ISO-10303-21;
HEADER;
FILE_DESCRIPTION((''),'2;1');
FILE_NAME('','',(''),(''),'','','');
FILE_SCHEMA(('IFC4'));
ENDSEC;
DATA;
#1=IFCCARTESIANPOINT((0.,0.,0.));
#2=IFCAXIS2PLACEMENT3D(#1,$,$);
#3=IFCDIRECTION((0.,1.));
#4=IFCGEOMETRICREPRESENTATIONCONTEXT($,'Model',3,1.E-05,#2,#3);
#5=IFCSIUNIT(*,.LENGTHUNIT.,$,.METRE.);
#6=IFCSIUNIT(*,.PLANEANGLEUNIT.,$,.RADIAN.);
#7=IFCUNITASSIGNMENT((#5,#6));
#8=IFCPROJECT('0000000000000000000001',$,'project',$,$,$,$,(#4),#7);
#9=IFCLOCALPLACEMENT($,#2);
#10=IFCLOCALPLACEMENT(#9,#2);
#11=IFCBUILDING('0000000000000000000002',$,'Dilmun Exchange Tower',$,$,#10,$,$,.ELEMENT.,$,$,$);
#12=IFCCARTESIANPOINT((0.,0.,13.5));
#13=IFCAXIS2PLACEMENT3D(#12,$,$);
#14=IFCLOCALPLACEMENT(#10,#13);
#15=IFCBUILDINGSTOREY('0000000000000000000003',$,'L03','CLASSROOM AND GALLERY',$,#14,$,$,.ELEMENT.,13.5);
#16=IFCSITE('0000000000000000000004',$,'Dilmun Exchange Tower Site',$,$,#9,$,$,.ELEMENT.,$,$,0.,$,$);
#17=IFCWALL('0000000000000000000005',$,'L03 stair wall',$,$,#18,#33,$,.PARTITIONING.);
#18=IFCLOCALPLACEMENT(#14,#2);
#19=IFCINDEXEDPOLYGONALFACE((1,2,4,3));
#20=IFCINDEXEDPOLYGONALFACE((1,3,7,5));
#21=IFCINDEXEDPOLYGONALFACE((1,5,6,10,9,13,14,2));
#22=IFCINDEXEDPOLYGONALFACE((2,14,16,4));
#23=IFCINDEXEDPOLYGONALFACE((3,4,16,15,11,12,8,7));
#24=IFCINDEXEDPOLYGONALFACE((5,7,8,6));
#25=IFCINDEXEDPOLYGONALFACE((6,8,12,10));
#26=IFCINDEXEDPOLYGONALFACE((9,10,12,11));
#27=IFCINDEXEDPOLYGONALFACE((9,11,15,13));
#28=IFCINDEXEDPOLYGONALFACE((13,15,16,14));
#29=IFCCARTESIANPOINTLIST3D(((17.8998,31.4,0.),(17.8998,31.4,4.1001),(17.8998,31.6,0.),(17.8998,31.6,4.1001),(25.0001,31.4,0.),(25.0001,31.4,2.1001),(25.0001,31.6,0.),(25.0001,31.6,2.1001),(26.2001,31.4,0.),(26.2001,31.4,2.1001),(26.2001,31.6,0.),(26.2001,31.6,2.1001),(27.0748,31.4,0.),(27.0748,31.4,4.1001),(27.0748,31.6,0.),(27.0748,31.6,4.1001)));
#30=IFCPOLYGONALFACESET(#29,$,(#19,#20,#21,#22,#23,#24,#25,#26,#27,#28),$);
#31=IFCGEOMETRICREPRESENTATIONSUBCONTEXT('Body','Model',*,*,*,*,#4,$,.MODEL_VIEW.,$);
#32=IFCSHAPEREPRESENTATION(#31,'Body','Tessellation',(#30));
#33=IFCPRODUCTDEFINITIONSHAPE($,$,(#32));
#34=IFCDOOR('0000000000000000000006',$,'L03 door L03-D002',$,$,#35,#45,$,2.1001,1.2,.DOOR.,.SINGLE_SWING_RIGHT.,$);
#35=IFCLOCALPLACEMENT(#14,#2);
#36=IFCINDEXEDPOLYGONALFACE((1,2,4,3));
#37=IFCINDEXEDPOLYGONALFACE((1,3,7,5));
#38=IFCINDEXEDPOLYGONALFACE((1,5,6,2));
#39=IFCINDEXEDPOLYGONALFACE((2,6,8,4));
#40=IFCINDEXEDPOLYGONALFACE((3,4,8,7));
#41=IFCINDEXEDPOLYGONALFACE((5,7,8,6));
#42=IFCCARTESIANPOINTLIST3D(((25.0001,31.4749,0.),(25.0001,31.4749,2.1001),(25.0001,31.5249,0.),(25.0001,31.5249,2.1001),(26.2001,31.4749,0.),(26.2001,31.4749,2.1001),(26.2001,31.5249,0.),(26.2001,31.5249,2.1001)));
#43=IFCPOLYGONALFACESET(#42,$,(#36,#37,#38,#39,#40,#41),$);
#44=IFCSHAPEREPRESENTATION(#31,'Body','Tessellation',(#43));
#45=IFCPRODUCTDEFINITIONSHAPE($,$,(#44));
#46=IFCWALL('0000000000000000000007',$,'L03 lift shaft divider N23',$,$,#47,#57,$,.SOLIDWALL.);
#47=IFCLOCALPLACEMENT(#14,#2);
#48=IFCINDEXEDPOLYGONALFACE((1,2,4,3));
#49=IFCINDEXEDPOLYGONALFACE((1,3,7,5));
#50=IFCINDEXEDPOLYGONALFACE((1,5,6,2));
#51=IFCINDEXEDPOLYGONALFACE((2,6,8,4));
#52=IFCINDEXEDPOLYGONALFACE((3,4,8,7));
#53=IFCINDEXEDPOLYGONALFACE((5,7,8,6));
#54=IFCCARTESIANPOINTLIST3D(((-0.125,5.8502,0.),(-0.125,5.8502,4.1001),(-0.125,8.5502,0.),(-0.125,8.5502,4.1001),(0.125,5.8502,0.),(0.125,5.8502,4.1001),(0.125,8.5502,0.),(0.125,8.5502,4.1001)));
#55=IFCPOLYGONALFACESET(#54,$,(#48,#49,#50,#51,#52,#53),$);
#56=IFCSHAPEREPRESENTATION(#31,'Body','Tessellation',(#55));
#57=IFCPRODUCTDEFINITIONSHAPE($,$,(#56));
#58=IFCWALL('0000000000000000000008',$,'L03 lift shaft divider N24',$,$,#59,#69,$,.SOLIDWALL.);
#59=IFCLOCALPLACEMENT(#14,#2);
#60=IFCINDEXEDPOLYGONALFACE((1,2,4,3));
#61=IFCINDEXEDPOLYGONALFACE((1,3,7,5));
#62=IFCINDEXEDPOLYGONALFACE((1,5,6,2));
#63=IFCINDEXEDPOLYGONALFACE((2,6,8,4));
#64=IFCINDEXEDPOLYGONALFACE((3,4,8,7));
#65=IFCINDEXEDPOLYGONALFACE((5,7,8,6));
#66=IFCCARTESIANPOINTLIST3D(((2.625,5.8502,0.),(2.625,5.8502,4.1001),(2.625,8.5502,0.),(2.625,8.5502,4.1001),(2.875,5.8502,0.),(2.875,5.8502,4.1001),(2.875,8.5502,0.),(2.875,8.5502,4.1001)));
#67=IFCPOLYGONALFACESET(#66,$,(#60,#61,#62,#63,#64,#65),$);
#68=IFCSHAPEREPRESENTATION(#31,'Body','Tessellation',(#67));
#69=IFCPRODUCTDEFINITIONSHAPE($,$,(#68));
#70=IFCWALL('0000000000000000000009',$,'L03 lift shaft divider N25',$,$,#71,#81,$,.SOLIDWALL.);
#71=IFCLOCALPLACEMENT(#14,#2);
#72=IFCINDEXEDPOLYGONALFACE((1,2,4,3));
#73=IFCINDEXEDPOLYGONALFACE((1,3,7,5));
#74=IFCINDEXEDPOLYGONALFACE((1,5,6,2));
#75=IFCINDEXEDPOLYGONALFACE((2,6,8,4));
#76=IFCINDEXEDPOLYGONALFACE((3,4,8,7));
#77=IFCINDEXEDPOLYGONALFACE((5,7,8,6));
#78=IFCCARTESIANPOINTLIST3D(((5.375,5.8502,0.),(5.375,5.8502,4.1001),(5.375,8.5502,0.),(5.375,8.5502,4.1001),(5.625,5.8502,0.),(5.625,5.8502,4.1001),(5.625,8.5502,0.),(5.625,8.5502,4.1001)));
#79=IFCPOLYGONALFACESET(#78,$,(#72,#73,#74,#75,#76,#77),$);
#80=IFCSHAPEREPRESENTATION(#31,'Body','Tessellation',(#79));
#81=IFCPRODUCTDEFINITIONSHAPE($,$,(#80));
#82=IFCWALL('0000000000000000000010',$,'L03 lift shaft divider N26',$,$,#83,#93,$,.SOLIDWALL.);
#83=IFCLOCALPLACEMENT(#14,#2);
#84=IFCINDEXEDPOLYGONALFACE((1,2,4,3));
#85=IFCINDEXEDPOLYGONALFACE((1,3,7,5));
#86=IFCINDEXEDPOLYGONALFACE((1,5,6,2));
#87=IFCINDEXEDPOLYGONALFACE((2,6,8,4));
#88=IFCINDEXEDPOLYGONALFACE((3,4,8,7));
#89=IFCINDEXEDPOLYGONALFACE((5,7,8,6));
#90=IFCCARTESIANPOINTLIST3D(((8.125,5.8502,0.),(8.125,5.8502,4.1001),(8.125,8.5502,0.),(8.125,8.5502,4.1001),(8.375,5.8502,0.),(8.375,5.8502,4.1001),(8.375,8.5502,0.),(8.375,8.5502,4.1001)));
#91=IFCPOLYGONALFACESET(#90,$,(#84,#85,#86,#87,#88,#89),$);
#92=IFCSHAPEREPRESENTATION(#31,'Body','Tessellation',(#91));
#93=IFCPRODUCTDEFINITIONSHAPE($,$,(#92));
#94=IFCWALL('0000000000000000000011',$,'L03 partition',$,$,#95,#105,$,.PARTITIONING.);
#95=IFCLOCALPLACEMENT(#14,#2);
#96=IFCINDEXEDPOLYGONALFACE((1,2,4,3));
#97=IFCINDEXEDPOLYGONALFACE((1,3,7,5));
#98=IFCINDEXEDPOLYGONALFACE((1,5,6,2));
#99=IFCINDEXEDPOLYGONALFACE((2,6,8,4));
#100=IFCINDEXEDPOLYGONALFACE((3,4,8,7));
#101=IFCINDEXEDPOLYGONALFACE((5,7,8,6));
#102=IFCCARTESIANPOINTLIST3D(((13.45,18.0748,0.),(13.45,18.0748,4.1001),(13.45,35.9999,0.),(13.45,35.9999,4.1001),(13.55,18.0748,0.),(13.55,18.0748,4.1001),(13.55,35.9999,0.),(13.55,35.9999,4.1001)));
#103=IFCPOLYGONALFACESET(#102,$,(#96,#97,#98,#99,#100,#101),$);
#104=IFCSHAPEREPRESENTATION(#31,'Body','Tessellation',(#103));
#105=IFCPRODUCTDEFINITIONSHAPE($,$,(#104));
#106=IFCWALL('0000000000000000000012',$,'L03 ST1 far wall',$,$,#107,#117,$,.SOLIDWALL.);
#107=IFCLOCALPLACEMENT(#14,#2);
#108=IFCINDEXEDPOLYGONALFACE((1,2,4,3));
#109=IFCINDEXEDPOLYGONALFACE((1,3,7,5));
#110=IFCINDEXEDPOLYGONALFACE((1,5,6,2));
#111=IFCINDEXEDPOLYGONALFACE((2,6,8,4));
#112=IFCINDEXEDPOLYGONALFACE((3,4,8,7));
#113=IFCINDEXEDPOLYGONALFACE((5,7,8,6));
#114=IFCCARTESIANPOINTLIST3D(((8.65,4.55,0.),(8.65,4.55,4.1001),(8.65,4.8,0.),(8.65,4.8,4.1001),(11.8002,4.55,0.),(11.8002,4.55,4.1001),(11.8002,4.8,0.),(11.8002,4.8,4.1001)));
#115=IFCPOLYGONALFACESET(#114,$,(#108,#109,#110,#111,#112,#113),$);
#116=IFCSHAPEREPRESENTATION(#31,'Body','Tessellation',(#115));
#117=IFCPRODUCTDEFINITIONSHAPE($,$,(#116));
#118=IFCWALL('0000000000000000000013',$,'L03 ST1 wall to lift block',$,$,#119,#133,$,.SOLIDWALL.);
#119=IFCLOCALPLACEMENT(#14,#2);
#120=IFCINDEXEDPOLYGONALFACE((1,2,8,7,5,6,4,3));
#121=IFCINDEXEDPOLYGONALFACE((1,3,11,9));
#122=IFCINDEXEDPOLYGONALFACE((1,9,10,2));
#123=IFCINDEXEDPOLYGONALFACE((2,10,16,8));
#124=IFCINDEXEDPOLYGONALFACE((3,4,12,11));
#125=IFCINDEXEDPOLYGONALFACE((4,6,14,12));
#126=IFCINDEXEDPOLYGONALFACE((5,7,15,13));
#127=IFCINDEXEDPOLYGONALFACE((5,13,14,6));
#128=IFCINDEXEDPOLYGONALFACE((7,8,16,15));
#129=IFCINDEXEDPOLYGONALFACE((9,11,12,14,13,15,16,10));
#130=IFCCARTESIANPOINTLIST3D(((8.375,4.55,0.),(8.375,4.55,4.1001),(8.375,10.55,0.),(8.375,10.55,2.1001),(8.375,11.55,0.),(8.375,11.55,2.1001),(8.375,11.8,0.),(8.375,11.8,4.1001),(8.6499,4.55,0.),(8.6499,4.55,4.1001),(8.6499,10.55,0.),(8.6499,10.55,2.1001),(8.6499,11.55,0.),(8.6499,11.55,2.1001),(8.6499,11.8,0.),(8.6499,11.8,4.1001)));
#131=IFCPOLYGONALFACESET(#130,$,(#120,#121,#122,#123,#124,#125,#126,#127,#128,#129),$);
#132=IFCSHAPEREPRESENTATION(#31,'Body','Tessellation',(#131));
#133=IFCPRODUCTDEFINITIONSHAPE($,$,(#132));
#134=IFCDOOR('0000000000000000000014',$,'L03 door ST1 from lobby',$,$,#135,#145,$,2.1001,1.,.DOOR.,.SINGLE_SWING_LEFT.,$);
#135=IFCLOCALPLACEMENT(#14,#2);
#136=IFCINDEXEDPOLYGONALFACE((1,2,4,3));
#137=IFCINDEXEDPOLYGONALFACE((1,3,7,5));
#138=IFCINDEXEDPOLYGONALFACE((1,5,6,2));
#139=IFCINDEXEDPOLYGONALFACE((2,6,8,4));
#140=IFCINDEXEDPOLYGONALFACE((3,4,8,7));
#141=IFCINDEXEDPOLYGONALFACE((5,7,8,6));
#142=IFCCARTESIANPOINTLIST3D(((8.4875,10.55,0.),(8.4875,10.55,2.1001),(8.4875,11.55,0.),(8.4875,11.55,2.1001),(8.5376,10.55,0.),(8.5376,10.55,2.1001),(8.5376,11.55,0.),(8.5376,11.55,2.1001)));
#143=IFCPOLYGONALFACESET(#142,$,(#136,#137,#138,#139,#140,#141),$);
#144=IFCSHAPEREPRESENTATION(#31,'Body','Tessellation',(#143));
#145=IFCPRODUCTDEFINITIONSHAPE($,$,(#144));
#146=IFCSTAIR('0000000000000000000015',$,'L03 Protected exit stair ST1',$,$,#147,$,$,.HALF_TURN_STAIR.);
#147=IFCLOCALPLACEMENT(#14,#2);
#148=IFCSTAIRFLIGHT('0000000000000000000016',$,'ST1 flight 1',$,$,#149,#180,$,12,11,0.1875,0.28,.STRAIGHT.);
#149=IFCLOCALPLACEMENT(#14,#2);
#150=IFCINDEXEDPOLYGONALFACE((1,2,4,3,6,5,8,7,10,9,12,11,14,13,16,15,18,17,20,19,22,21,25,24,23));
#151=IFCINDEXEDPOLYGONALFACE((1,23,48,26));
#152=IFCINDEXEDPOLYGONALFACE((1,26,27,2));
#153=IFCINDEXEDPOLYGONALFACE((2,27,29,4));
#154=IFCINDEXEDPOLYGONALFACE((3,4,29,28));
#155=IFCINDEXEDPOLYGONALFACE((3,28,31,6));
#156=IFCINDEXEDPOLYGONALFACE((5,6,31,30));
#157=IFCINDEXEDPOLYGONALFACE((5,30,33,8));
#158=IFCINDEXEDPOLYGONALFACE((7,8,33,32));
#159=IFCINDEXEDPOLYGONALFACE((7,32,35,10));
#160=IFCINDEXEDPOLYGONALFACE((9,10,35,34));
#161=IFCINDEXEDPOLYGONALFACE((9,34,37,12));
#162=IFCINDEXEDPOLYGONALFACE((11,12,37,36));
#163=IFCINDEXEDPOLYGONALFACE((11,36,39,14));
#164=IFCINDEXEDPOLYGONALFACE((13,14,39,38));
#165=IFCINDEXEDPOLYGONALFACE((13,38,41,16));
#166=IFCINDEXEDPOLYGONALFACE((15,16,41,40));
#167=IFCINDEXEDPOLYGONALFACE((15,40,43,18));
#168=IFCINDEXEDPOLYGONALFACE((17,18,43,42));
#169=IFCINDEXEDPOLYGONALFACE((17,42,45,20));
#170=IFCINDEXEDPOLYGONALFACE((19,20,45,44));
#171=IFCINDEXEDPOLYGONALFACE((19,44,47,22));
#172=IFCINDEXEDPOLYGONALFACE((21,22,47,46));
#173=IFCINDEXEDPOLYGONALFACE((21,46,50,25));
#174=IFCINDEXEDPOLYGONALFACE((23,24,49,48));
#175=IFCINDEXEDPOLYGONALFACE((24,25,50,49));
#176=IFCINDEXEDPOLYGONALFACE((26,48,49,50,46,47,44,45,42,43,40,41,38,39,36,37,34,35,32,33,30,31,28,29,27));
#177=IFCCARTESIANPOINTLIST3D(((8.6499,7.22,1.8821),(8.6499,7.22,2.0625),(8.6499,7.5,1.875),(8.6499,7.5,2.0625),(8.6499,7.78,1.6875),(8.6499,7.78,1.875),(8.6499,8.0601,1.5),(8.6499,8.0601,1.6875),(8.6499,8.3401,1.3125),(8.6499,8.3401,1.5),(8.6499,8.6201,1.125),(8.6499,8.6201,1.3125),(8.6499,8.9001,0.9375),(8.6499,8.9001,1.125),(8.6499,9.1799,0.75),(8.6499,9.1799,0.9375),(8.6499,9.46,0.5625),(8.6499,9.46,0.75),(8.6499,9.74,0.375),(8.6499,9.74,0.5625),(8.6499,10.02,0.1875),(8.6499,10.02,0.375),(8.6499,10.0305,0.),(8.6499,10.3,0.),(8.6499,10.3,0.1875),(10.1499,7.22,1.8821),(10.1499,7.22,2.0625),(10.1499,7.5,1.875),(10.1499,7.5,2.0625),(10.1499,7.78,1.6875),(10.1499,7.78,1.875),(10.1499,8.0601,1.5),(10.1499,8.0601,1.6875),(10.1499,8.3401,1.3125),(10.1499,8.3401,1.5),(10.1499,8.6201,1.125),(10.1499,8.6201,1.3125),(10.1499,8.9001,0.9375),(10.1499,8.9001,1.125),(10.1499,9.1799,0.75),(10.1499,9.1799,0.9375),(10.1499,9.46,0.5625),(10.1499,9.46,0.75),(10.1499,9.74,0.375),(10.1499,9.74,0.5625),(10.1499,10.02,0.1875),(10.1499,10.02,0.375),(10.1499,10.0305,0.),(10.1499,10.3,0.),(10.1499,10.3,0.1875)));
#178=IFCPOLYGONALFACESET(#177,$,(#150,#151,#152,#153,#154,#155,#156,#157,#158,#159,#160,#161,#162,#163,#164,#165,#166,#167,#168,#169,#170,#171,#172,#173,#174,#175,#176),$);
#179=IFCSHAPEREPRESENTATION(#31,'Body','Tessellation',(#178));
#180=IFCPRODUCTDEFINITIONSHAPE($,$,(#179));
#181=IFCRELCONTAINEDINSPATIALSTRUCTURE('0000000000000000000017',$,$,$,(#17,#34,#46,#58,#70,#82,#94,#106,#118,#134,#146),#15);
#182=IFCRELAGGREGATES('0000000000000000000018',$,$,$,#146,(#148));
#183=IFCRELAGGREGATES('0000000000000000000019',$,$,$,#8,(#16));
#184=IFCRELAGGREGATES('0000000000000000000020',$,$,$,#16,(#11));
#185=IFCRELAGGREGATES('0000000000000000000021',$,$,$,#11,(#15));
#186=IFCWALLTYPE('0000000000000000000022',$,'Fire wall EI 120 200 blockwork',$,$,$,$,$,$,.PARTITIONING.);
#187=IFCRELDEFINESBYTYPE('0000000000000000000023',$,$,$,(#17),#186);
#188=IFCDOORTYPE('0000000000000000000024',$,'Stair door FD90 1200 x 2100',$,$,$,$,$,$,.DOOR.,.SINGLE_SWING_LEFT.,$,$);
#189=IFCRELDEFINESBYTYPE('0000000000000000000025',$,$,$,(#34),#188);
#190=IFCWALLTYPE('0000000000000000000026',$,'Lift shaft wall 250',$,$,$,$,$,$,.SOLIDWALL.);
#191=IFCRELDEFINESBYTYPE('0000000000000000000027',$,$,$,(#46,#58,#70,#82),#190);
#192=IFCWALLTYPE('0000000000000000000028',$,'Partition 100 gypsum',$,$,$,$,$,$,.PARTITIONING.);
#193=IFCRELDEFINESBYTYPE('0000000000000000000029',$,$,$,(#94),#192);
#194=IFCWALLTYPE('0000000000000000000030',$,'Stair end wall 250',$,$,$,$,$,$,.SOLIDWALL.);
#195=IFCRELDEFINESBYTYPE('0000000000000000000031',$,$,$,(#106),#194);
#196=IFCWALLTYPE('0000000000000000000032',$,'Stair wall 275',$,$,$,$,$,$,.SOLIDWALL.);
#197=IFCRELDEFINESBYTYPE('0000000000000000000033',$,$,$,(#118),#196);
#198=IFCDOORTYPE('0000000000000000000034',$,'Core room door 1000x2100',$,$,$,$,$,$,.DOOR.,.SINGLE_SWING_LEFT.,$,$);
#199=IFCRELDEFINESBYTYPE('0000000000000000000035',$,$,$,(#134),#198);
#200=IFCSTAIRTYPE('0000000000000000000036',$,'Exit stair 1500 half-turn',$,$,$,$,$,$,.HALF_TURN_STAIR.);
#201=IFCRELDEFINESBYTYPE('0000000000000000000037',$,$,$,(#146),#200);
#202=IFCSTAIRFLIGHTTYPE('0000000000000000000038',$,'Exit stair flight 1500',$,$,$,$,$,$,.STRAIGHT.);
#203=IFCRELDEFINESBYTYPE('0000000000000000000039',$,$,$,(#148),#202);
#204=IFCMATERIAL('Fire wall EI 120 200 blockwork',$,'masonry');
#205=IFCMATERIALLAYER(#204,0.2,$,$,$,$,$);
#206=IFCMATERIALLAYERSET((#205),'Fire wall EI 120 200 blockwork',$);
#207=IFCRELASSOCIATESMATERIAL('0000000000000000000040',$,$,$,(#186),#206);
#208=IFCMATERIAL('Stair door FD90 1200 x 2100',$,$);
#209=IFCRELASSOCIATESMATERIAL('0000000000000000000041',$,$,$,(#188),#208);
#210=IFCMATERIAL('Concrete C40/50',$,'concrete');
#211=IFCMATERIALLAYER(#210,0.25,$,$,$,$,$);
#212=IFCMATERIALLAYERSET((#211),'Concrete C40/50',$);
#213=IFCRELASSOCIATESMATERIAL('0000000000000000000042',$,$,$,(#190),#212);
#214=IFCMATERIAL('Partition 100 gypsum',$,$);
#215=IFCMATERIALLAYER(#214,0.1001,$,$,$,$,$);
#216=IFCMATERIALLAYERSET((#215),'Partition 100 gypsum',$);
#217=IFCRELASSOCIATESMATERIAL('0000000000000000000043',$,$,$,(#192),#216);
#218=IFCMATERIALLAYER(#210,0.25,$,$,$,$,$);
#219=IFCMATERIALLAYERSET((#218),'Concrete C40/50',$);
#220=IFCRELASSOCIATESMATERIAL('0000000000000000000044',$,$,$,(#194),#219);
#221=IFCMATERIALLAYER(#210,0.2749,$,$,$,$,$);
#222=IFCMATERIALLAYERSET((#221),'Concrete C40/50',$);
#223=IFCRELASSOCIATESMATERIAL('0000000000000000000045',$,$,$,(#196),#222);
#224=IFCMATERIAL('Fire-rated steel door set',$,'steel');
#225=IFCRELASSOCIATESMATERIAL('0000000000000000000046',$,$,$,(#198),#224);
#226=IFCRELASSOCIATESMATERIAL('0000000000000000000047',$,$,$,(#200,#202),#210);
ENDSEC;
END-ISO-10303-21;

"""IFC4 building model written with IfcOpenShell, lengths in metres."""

from ifc_helpers import new_model, si_unit, direction, frame, frame_2d, origin, place, context, subcontext, project, spatial, polyline, rectangle, outline, extrude, material, layer, layer_set, type_object, element, fill, aggregate, save


model = new_model("IFC4")

# Units and contexts
model_context = context("Model", 3, precision=1e-05, world=origin(), true_north=direction((0.0, 1.0)))
body_context = subcontext(model_context, "Body", "Model", "MODEL_VIEW")
ifc_project = project(units=[si_unit("LENGTHUNIT", "METRE"), si_unit("PLANEANGLEUNIT", "RADIAN")], contexts=[model_context])

# Site, building, storey
site_placement = place(None, origin())
site = spatial("IfcSite", under=ifc_project, at=site_placement, Name="Dilmun Exchange Tower Site", CompositionType="ELEMENT", RefElevation=0.0)
building_placement = place(site_placement, origin())
building = spatial("IfcBuilding", under=site, at=building_placement, Name="Dilmun Exchange Tower", CompositionType="ELEMENT")
storey_placement = place(building_placement, frame((0.0, 0.0, 13.5)))
storey = spatial("IfcBuildingStorey", under=building, at=storey_placement, Name="L03", Description="CLASSROOM AND GALLERY", CompositionType="ELEMENT", Elevation=13.5)

# Shared definitions
ifc_material_1 = material(Name="Concrete C40/50", Category="concrete")

# Shared definitions
ifc_material_2 = material(Name="Fire-rated steel door set", Category="steel")

# Wall, opening, door
ifc_material_3 = material(Name="Fire wall EI 120 200 blockwork", Category="masonry")
ifc_layer_1 = layer(ifc_material_3, 0.2)
ifc_layer_set_1 = layer_set([ifc_layer_1], Name="Fire wall EI 120 200 blockwork")
wall_type_1 = type_object("IfcWallType", Name="Fire wall EI 120 200 blockwork", PredefinedType="PARTITIONING", material=ifc_layer_set_1)
wall_1_placement = place(storey_placement, frame((17.8999, 31.5, 0.0), z_axis=(0.0, 0.0, 1.0), x_axis=(1.0, 0.0, 0.0)))
wall_1 = element("IfcWall", 1, at=wall_1_placement, inside=storey, type_object=wall_type_1, Name="L03 stair wall", PredefinedType="PARTITIONING", context=body_context, shape_type="SweptSolid", body=[
    extrude(rectangle(XDim=9.175, YDim=0.2, at=frame_2d((4.5874, 0.0))), origin(), (0.0, 0.0, 1.0), 4.1001),
])
opening_1_placement = place(wall_1_placement, frame((7.1001, 0.0, 0.0)))
opening_1 = element("IfcOpeningElement", 2, at=opening_1_placement, cuts=wall_1, PredefinedType="OPENING", context=body_context, shape_type="SweptSolid", body=[
    extrude(rectangle(XDim=1.2, YDim=2.1001, at=frame_2d((0.6001, 1.05))), frame((0.0, 0.1099, 0.0), z_axis=(0.0, -1.0, 0.0), x_axis=(1.0, 0.0, 0.0)), (0.0, 0.0, 1.0), 0.22),
])
ifc_material_4 = material(Name="Stair door FD90 1200 x 2100")
door_type_1 = type_object("IfcDoorType", Name="Stair door FD90 1200 x 2100", OperationType="SINGLE_SWING_LEFT", PredefinedType="DOOR", material=ifc_material_4)
door_1_placement = place(opening_1_placement, origin())
door_1 = element("IfcDoor", 3, at=door_1_placement, inside=storey, type_object=door_type_1, Name="L03 door L03-D002", OperationType="SINGLE_SWING_RIGHT", OverallHeight=2.1001, OverallWidth=1.2, PredefinedType="DOOR", context=body_context, shape_type="SweptSolid", body=[
    extrude(rectangle(XDim=1.2, YDim=2.1001, at=frame_2d((0.6001, 1.05))), frame((0.0, 0.0249, 0.0), z_axis=(0.0, -1.0, 0.0), x_axis=(1.0, 0.0, 0.0)), (0.0, 0.0, 1.0), 0.05),
])
fill(opening_1, door_1)

# Walls
ifc_layer_2 = layer(ifc_material_1, 0.25)
ifc_layer_set_2 = layer_set([ifc_layer_2], Name="Concrete C40/50")
wall_type_2 = type_object("IfcWallType", Name="Lift shaft wall 250", PredefinedType="SOLIDWALL", material=ifc_layer_set_2)
for number, where, z_axis, x_axis, name in (
    (4, (0.0, 5.8501, 0.0), (0.0, 0.0, 1.0), (0.0, 1.0, 0.0), "L03 lift shaft divider N23"),
    (5, (2.75, 5.8501, 0.0), (0.0, 0.0, 1.0), (0.0, 1.0, 0.0), "L03 lift shaft divider N24"),
    (6, (5.5, 5.8501, 0.0), (0.0, 0.0, 1.0), (0.0, 1.0, 0.0), "L03 lift shaft divider N25"),
    (7, (8.25, 5.8501, 0.0), (0.0, 0.0, 1.0), (0.0, 1.0, 0.0), "L03 lift shaft divider N26"),
):
    element("IfcWall", number, at=place(storey_placement, frame(where, z_axis=z_axis, x_axis=x_axis)), inside=storey, type_object=wall_type_2, Name=name, PredefinedType="SOLIDWALL", context=body_context, shape_type="SweptSolid", body=[
        extrude(rectangle(XDim=2.7, YDim=0.25, at=frame_2d((1.3501, 0.0))), origin(), (0.0, 0.0, 1.0), 4.1001),
    ])
ifc_material_5 = material(Name="Partition 100 gypsum")
ifc_layer_3 = layer(ifc_material_5, 0.1001)
ifc_layer_set_3 = layer_set([ifc_layer_3], Name="Partition 100 gypsum")
wall_type_3 = type_object("IfcWallType", Name="Partition 100 gypsum", PredefinedType="PARTITIONING", material=ifc_layer_set_3)
wall_2_placement = place(storey_placement, frame((13.5, 18.075, 0.0), z_axis=(0.0, 0.0, 1.0), x_axis=(0.0, 1.0, 0.0)))
element("IfcWall", 8, at=wall_2_placement, inside=storey, type_object=wall_type_3, Name="L03 partition", PredefinedType="PARTITIONING", context=body_context, shape_type="SweptSolid", body=[
    extrude(rectangle(XDim=17.925, YDim=0.1001, at=frame_2d((8.9624, 0.0))), origin(), (0.0, 0.0, 1.0), 4.1001),
])
ifc_layer_4 = layer(ifc_material_1, 0.25)
ifc_layer_set_4 = layer_set([ifc_layer_4], Name="Concrete C40/50")
wall_type_4 = type_object("IfcWallType", Name="Stair end wall 250", PredefinedType="SOLIDWALL", material=ifc_layer_set_4)
wall_3_placement = place(storey_placement, frame((8.6499, 4.675, 0.0), z_axis=(0.0, 0.0, 1.0), x_axis=(1.0, 0.0, 0.0)))
element("IfcWall", 9, at=wall_3_placement, inside=storey, type_object=wall_type_4, Name="L03 ST1 far wall", PredefinedType="SOLIDWALL", context=body_context, shape_type="SweptSolid", body=[
    extrude(rectangle(XDim=3.1501, YDim=0.25, at=frame_2d((1.5752, 0.0))), origin(), (0.0, 0.0, 1.0), 4.1001),
])

# Wall, opening, door
ifc_layer_5 = layer(ifc_material_1, 0.2749)
ifc_layer_set_5 = layer_set([ifc_layer_5], Name="Concrete C40/50")
wall_type_5 = type_object("IfcWallType", Name="Stair wall 275", PredefinedType="SOLIDWALL", material=ifc_layer_set_5)
wall_4_placement = place(storey_placement, frame((8.5125, 4.55, 0.0), z_axis=(0.0, 0.0, 1.0), x_axis=(0.0, 1.0, 0.0)))
wall_4 = element("IfcWall", 10, at=wall_4_placement, inside=storey, type_object=wall_type_5, Name="L03 ST1 wall to lift block", PredefinedType="SOLIDWALL", context=body_context, shape_type="SweptSolid", body=[
    extrude(rectangle(XDim=7.25, YDim=0.2749, at=frame_2d((3.625, 0.0))), origin(), (0.0, 0.0, 1.0), 4.1001),
])
opening_2_placement = place(wall_4_placement, frame((6.0, 0.0, 0.0)))
opening_2 = element("IfcOpeningElement", 11, at=opening_2_placement, cuts=wall_4, PredefinedType="OPENING", context=body_context, shape_type="SweptSolid", body=[
    extrude(rectangle(XDim=1.0, YDim=2.1001, at=frame_2d((0.5, 1.05))), frame((0.0, 0.1475, 0.0), z_axis=(0.0, -1.0, 0.0), x_axis=(1.0, 0.0, 0.0)), (0.0, 0.0, 1.0), 0.2949),
])
door_type_2 = type_object("IfcDoorType", Name="Core room door 1000x2100", OperationType="SINGLE_SWING_LEFT", PredefinedType="DOOR", material=ifc_material_2)
door_2_placement = place(opening_2_placement, origin())
door_2 = element("IfcDoor", 12, at=door_2_placement, inside=storey, type_object=door_type_2, Name="L03 door ST1 from lobby", OperationType="SINGLE_SWING_LEFT", OverallHeight=2.1001, OverallWidth=1.0, PredefinedType="DOOR", context=body_context, shape_type="SweptSolid", body=[
    extrude(rectangle(XDim=1.0, YDim=2.1001, at=frame_2d((0.5, 1.05))), frame((0.0, 0.0249, 0.0), z_axis=(0.0, -1.0, 0.0), x_axis=(1.0, 0.0, 0.0)), (0.0, 0.0, 1.0), 0.05),
])
fill(opening_2, door_2)

# Stair, stair flight
stair_type_1 = type_object("IfcStairType", Name="Exit stair 1500 half-turn", PredefinedType="HALF_TURN_STAIR", material=ifc_material_1)
stair_1_placement = place(storey_placement, origin())
stair_1 = element("IfcStair", 13, at=stair_1_placement, inside=storey, type_object=stair_type_1, Name="L03 Protected exit stair ST1", PredefinedType="HALF_TURN_STAIR")
stair_flight_type = type_object("IfcStairFlightType", Name="Exit stair flight 1500", PredefinedType="STRAIGHT", material=ifc_material_1)
stair_flight_1_placement = place(storey_placement, frame((9.3999, 10.3, 0.0), z_axis=(0.0, 0.0, 1.0), x_axis=(0.0, -1.0, 0.0)))
stair_flight_1 = element("IfcStairFlight", 14, at=stair_flight_1_placement, type_object=stair_flight_type, Name="ST1 flight 1", NumberOfRisers=12, NumberOfTreads=11, PredefinedType="STRAIGHT", RiserHeight=0.1875, TreadLength=0.28, context=body_context, shape_type="SweptSolid", body=[
    extrude(outline(polyline([(0.0, 0.0), (0.0, 0.1875), (0.28, 0.1875), (0.28, 0.375), (0.5601, 0.375), (0.5601, 0.5625), (0.8401, 0.5625), (0.8401, 0.75), (1.1201, 0.75), (1.1201, 0.9375), (1.3999, 0.9375), (1.3999, 1.125), (1.6799, 1.125), (1.6799, 1.3125), (1.96, 1.3125), (1.96, 1.5), (2.24, 1.5), (2.24, 1.6875), (2.52, 1.6875), (2.52, 1.875), (2.8, 1.875), (2.8, 2.0625), (3.0801, 2.0625), (3.0801, 2.25), (3.0801, 1.8821), (0.2695, 0.0), (0.0, 0.0)])), frame((0.0, 0.75, 0.0), z_axis=(0.0, -1.0, 0.0), x_axis=(1.0, 0.0, 0.0)), (0.0, 0.0, 1.0), 1.5),
])
aggregate(stair_1, [stair_flight_1])

save(model, "model.ifc")
